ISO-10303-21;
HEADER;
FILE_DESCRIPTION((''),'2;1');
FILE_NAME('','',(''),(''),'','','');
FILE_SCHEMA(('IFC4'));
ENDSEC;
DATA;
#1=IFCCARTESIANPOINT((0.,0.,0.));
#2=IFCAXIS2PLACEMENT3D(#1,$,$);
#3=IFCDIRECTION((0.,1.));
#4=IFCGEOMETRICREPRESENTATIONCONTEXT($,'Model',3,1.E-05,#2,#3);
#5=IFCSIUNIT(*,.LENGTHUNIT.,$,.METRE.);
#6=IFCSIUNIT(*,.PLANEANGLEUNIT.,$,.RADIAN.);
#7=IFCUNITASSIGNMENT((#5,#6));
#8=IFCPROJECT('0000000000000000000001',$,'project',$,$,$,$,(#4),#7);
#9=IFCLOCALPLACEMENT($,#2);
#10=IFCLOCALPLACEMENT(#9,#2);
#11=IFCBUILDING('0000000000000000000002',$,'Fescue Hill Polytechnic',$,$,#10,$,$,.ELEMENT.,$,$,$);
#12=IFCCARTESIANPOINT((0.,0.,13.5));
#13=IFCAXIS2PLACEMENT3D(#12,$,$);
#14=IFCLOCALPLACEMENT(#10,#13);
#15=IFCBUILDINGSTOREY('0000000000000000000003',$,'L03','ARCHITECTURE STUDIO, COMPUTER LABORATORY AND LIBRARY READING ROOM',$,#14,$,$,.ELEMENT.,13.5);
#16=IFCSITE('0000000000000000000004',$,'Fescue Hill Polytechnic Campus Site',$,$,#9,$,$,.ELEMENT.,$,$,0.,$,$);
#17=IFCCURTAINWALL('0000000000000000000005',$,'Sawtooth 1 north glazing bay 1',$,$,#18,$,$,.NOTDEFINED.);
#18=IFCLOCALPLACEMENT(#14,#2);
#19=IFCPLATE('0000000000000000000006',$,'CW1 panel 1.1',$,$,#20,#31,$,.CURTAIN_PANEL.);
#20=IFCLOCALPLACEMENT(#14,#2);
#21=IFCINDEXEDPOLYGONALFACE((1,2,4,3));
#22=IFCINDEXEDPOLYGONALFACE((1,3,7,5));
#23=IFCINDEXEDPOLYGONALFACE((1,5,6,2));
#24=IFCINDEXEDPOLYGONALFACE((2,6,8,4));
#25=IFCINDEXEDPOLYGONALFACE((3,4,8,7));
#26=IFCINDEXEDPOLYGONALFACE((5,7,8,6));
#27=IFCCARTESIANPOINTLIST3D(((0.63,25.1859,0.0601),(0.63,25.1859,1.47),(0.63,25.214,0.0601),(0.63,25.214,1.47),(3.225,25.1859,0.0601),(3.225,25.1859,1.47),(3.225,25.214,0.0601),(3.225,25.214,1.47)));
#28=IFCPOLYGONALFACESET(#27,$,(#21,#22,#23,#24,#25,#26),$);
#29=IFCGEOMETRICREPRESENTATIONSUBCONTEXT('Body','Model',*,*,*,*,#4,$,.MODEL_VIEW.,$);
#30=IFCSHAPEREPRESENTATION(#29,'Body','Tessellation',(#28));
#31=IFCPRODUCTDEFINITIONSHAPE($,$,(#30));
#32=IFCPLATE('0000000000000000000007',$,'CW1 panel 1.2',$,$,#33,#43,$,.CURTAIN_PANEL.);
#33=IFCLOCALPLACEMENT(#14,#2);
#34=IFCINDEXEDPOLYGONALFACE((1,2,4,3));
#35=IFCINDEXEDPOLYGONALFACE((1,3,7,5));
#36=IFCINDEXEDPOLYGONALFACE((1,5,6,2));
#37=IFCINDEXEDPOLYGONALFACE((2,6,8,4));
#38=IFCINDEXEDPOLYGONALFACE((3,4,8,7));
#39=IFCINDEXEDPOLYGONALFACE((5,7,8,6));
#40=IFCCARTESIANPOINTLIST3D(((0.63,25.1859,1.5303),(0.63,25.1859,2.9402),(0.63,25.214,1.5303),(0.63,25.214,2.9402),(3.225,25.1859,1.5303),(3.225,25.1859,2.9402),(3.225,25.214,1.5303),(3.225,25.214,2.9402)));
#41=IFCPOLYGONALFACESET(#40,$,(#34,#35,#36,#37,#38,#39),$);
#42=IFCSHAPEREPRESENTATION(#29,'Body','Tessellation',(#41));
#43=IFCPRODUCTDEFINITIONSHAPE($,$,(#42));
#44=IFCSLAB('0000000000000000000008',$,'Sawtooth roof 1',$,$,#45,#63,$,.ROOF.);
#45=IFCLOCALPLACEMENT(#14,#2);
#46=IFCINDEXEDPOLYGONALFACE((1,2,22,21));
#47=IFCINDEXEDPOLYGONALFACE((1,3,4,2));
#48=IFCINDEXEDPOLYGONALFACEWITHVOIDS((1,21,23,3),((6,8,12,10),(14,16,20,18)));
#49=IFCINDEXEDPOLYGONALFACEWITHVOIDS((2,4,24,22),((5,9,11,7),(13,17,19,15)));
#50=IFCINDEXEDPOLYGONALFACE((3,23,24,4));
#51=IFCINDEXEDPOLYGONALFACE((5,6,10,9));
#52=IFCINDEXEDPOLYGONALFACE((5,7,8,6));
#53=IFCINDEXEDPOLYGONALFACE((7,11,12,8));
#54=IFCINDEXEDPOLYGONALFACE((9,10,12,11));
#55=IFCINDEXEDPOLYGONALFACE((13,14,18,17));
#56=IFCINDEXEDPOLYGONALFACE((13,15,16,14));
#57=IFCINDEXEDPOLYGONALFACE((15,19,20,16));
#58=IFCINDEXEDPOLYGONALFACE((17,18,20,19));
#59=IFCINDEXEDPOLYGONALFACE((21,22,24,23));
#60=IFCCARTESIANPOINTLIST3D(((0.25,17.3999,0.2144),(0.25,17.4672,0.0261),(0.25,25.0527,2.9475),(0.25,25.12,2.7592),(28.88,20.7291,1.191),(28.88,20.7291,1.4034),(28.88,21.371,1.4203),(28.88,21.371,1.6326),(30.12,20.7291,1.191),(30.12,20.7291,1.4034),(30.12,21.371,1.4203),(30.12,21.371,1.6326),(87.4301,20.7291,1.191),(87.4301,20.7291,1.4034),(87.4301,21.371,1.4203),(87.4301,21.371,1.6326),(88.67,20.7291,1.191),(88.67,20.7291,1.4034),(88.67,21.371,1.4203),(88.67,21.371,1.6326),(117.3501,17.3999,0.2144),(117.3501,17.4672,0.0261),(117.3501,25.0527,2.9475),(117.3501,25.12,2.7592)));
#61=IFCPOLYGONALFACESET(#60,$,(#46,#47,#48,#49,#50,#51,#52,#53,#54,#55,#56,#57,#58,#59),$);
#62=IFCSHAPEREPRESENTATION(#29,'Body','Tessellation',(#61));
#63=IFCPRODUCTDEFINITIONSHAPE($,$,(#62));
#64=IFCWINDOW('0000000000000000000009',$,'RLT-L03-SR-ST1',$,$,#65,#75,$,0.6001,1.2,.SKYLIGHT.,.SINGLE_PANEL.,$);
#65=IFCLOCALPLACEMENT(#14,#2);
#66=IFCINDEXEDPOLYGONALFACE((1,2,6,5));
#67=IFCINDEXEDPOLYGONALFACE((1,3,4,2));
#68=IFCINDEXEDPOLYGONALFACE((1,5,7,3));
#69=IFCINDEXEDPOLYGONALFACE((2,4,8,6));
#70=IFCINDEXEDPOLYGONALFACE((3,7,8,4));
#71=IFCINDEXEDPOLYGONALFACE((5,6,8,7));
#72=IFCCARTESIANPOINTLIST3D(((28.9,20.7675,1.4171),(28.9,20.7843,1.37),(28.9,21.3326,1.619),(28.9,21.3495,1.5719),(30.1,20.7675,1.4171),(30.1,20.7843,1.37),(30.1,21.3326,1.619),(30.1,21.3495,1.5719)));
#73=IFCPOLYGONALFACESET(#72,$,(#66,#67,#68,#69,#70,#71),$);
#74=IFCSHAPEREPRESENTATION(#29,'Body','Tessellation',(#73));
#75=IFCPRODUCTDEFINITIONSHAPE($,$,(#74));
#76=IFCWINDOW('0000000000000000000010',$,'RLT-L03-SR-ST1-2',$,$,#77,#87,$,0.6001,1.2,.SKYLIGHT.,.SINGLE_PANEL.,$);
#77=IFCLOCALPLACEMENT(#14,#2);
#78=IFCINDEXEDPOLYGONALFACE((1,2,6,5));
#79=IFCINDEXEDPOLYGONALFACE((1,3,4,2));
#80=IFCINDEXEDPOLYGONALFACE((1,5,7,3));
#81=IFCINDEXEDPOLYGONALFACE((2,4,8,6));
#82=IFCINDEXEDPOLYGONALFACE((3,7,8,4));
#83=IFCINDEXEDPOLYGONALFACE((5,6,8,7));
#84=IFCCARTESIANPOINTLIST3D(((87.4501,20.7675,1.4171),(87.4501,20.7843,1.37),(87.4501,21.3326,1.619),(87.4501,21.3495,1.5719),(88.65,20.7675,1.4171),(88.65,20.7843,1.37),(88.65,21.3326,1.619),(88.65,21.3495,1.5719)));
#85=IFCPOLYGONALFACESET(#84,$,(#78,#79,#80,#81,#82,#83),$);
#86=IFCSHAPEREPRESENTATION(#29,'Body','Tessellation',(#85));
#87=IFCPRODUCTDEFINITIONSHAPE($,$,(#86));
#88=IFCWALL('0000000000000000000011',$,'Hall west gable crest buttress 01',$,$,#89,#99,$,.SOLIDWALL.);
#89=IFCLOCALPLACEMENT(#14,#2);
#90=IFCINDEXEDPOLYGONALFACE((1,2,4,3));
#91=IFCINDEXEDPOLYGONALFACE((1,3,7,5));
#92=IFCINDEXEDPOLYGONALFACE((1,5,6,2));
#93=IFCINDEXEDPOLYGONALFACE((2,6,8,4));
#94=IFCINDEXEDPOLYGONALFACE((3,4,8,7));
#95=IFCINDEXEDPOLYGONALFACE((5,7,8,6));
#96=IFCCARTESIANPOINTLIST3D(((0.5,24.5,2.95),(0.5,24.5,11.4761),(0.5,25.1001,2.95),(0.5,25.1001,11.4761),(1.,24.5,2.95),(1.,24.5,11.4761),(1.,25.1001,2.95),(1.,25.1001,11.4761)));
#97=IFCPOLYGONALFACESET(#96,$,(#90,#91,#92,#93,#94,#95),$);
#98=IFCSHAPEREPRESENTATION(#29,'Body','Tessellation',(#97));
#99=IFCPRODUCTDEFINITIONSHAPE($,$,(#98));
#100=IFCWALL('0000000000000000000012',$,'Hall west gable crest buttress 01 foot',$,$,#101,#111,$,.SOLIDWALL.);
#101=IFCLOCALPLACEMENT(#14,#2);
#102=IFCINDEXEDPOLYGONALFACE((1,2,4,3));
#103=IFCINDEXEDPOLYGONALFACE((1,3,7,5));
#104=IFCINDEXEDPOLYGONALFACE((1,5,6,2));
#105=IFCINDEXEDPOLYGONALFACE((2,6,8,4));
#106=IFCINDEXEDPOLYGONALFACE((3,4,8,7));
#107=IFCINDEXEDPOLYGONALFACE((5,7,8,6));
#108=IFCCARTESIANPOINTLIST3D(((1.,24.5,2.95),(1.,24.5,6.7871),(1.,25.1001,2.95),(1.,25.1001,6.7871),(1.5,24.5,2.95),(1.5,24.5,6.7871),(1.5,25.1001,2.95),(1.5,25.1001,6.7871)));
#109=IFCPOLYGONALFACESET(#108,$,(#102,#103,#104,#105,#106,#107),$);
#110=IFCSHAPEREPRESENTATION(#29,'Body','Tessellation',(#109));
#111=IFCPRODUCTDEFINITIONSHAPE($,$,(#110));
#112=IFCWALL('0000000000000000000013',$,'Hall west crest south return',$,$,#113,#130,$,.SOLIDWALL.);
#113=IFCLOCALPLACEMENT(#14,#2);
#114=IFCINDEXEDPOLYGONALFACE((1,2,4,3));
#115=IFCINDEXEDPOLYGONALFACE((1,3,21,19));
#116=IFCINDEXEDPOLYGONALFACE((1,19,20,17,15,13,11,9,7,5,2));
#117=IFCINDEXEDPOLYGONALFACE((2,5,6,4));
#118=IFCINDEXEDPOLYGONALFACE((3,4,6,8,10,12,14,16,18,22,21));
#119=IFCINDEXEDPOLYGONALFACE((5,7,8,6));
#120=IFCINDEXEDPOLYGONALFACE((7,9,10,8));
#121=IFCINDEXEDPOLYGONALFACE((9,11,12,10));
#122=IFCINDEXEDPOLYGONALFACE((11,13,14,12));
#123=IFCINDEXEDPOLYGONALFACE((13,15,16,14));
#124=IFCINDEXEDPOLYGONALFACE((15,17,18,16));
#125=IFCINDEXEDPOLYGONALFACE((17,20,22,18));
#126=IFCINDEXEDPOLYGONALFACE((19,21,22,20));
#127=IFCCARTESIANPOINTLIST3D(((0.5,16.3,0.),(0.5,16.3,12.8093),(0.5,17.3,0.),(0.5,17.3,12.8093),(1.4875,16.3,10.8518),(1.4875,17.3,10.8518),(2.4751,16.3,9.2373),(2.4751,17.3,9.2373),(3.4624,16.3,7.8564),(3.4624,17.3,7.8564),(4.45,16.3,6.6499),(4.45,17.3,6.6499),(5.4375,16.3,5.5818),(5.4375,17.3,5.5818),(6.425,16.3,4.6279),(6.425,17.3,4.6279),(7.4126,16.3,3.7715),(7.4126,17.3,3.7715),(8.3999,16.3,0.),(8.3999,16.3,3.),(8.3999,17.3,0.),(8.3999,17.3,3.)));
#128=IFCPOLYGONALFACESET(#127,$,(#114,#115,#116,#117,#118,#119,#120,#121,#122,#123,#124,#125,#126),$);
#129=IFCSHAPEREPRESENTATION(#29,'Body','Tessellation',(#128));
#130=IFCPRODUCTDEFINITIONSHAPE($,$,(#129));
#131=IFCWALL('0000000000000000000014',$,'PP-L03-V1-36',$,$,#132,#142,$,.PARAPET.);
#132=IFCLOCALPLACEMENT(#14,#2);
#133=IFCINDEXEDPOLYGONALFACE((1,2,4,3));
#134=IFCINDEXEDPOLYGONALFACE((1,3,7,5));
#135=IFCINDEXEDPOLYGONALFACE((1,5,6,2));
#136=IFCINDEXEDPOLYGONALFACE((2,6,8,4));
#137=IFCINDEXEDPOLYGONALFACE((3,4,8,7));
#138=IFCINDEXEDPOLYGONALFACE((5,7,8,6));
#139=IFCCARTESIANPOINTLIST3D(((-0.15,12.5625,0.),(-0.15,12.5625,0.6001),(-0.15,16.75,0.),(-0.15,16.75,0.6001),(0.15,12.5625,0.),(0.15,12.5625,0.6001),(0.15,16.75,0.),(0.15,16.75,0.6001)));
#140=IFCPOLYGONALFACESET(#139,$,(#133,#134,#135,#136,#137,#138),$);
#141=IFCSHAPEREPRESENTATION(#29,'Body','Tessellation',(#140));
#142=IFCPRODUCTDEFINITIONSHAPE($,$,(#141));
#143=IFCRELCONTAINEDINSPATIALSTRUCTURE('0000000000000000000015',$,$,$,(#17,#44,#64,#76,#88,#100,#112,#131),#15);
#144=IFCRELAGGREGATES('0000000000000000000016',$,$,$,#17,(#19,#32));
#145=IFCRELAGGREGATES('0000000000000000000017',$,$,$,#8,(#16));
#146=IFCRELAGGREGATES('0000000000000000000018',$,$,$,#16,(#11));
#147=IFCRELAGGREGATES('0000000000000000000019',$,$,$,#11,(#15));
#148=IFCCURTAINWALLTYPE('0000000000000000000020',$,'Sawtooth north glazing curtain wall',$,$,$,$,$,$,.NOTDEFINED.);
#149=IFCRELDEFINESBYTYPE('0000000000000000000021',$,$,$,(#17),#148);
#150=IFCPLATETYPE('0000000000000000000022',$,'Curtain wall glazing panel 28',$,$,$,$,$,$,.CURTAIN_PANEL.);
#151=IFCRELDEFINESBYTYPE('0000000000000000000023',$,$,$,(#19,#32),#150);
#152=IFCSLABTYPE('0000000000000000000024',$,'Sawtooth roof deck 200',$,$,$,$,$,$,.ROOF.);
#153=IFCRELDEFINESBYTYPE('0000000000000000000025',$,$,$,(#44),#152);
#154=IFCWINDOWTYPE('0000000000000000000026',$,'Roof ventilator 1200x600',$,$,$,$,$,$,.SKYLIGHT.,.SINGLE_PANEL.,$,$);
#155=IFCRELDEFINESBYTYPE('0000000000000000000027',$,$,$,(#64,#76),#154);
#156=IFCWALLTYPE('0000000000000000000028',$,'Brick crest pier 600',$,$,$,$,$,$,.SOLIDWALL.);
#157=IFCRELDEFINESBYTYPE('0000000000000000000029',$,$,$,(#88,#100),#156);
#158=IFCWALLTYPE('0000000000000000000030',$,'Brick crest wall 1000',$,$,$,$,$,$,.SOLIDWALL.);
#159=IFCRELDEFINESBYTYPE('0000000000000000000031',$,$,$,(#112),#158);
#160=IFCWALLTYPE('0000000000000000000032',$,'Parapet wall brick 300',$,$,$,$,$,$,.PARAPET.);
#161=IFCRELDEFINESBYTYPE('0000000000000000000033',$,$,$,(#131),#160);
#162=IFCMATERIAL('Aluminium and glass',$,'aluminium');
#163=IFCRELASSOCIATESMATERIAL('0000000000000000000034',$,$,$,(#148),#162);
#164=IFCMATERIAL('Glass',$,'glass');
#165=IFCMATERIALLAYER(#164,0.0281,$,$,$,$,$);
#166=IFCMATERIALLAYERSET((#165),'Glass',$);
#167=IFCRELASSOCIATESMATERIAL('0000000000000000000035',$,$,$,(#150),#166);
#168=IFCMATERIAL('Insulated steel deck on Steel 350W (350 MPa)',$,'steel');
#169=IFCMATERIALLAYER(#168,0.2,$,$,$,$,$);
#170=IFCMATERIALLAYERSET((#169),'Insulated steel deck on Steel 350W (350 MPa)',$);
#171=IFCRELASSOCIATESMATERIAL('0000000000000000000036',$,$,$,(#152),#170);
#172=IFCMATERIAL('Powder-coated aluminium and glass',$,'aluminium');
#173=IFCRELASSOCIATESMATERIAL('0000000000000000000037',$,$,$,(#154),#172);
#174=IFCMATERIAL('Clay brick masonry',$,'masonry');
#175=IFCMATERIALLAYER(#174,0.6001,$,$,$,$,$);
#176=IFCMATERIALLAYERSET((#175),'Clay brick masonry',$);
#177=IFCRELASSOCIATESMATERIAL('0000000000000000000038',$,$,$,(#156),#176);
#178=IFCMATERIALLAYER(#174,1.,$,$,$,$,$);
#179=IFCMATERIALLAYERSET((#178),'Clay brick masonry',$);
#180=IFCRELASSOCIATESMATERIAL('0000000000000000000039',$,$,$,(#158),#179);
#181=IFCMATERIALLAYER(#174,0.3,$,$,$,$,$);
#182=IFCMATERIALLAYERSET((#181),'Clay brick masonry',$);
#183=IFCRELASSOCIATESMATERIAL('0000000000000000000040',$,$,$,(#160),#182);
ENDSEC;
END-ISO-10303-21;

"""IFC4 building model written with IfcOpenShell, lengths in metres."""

from ifc_helpers import new_model, si_unit, direction, frame, frame_2d, origin, origin_2d, place, context, subcontext, project, spatial, polyline, rectangle, outline, extrude, material, layer, layer_set, type_object, element, fill, aggregate, save


model = new_model("IFC4")

# Units and contexts
model_context = context("Model", 3, precision=1e-05, world=origin(), true_north=direction((0.0, 1.0)))
body_context = subcontext(model_context, "Body", "Model", "MODEL_VIEW")
ifc_project = project(units=[si_unit("LENGTHUNIT", "METRE"), si_unit("PLANEANGLEUNIT", "RADIAN")], contexts=[model_context])

# Site, building, storey
site_placement = place(None, origin())
site = spatial("IfcSite", under=ifc_project, at=site_placement, Name="Fescue Hill Polytechnic Campus Site", CompositionType="ELEMENT", RefElevation=0.0)
building_placement = place(site_placement, origin())
building = spatial("IfcBuilding", under=site, at=building_placement, Name="Fescue Hill Polytechnic", CompositionType="ELEMENT")
storey_placement = place(building_placement, frame((0.0, 0.0, 13.5)))
storey = spatial("IfcBuildingStorey", under=building, at=storey_placement, Name="L03", Description="ARCHITECTURE STUDIO, COMPUTER LABORATORY AND LIBRARY READING ROOM", CompositionType="ELEMENT", Elevation=13.5)

# Curtain wall
ifc_material_1 = material(Name="Aluminium and glass", Category="aluminium")
curtain_wall_type = type_object("IfcCurtainWallType", Name="Sawtooth north glazing curtain wall", PredefinedType="NOTDEFINED", material=ifc_material_1)
curtain_wall_placement = place(storey_placement, origin())
curtain_wall = element("IfcCurtainWall", 1, at=curtain_wall_placement, inside=storey, type_object=curtain_wall_type, Name="Sawtooth 1 north glazing bay 1", PredefinedType="NOTDEFINED")

# Plates
ifc_material_2 = material(Name="Glass", Category="glass")
ifc_layer_1 = layer(ifc_material_2, 0.0281)
ifc_layer_set_1 = layer_set([ifc_layer_1], Name="Glass")
plate_type = type_object("IfcPlateType", Name="Curtain wall glazing panel 28", PredefinedType="CURTAIN_PANEL", material=ifc_layer_set_1)
plate_1_placement = place(storey_placement, frame((1.9275, 25.2, 0.0601), z_axis=(0.0, 0.0, 1.0), x_axis=(1.0, 0.0, 0.0)))
plate_1 = element("IfcPlate", 2, at=plate_1_placement, type_object=plate_type, Name="CW1 panel 1.1", PredefinedType="CURTAIN_PANEL", context=body_context, shape_type="SweptSolid", body=[
    extrude(rectangle(XDim=2.595, YDim=0.0281, at=origin_2d()), origin(), (0.0, 0.0, 1.0), 1.4099),
])
plate_2_placement = place(storey_placement, frame((1.9275, 25.2, 1.5303), z_axis=(0.0, 0.0, 1.0), x_axis=(1.0, 0.0, 0.0)))
plate_2 = element("IfcPlate", 3, at=plate_2_placement, type_object=plate_type, Name="CW1 panel 1.2", PredefinedType="CURTAIN_PANEL", context=body_context, shape_type="SweptSolid", body=[
    extrude(rectangle(XDim=2.595, YDim=0.0281, at=origin_2d()), origin(), (0.0, 0.0, 1.0), 1.4099),
])
aggregate(curtain_wall, [plate_1, plate_2])

# Slab, openings, windows
ifc_material_3 = material(Name="Insulated steel deck on Steel 350W (350 MPa)", Category="steel")
ifc_layer_2 = layer(ifc_material_3, 0.2)
ifc_layer_set_2 = layer_set([ifc_layer_2], Name="Insulated steel deck on Steel 350W (350 MPa)")
slab_type = type_object("IfcSlabType", Name="Sawtooth roof deck 200", PredefinedType="ROOF", material=ifc_layer_set_2)
slab_placement = place(storey_placement, frame((0.25, 17.3999, 0.2144), z_axis=(0.0, -0.336336, 0.941742), x_axis=(1.0, 0.0, 0.0)))
slab = element("IfcSlab", 4, at=slab_placement, inside=storey, type_object=slab_type, Name="Sawtooth roof 1", PredefinedType="ROOF", context=body_context, shape_type="SweptSolid", body=[
    extrude(outline(polyline([(0.0, 0.0), (117.1001, 0.0), (117.1001, 8.1263), (0.0, 8.1263), (0.0, 0.0)])), origin(), (0.0, 0.0, -1.0), 0.2),
])
opening_1_placement = place(storey_placement, frame((29.5, 21.05, 0.9912)))
opening_1 = element("IfcOpeningElement", 5, at=opening_1_placement, cuts=slab, PredefinedType="OPENING", context=body_context, shape_type="SweptSolid", body=[
    extrude(rectangle(XDim=1.24, YDim=0.6418, at=origin_2d()), origin(), (0.0, 0.0, 1.0), 0.8408),
])
opening_2_placement = place(storey_placement, frame((88.05, 21.05, 0.9912)))
opening_2 = element("IfcOpeningElement", 6, at=opening_2_placement, cuts=slab, PredefinedType="OPENING", context=body_context, shape_type="SweptSolid", body=[
    extrude(rectangle(XDim=1.24, YDim=0.6418, at=origin_2d()), origin(), (0.0, 0.0, 1.0), 0.8408),
])
ifc_material_4 = material(Name="Powder-coated aluminium and glass", Category="aluminium")
window_type = type_object("IfcWindowType", Name="Roof ventilator 1200x600", PartitioningType="SINGLE_PANEL", PredefinedType="SKYLIGHT", material=ifc_material_4)
window_1_placement = place(storey_placement, frame((29.5, 21.05, 1.5181), z_axis=(0.0, -0.336336, 0.941742), x_axis=(1.0, 0.0, 0.0)))
window_1 = element("IfcWindow", 7, at=window_1_placement, inside=storey, type_object=window_type, Name="RLT-L03-SR-ST1", OverallHeight=0.6001, OverallWidth=1.2, PartitioningType="SINGLE_PANEL", PredefinedType="SKYLIGHT", context=body_context, shape_type="SweptSolid", body=[
    extrude(rectangle(XDim=1.2, YDim=0.6001, at=origin_2d()), origin(), (0.0, 0.0, -1.0), 0.05),
])
fill(opening_1, window_1)
window_2_placement = place(storey_placement, frame((88.05, 21.05, 1.5181), z_axis=(0.0, -0.336336, 0.941742), x_axis=(1.0, 0.0, 0.0)))
window_2 = element("IfcWindow", 8, at=window_2_placement, inside=storey, type_object=window_type, Name="RLT-L03-SR-ST1-2", OverallHeight=0.6001, OverallWidth=1.2, PartitioningType="SINGLE_PANEL", PredefinedType="SKYLIGHT", context=body_context, shape_type="SweptSolid", body=[
    extrude(rectangle(XDim=1.2, YDim=0.6001, at=origin_2d()), origin(), (0.0, 0.0, -1.0), 0.05),
])
fill(opening_2, window_2)

# Walls
ifc_material_5 = material(Name="Clay brick masonry", Category="masonry")
ifc_layer_3 = layer(ifc_material_5, 0.6001)
ifc_layer_set_3 = layer_set([ifc_layer_3], Name="Clay brick masonry")
wall_type_1 = type_object("IfcWallType", Name="Brick crest pier 600", PredefinedType="SOLIDWALL", material=ifc_layer_set_3)
wall_1_placement = place(storey_placement, frame((0.5, 24.8, 2.95), z_axis=(0.0, 0.0, 1.0), x_axis=(1.0, 0.0, 0.0)))
element("IfcWall", 9, at=wall_1_placement, inside=storey, type_object=wall_type_1, Name="Hall west gable crest buttress 01", PredefinedType="SOLIDWALL", context=body_context, shape_type="SweptSolid", body=[
    extrude(rectangle(XDim=0.5, YDim=0.6001, at=frame_2d((0.25, 0.0))), origin(), (0.0, 0.0, 1.0), 8.5261),
])
wall_2_placement = place(storey_placement, frame((1.0, 24.8, 2.95), z_axis=(0.0, 0.0, 1.0), x_axis=(1.0, 0.0, 0.0)))
element("IfcWall", 10, at=wall_2_placement, inside=storey, type_object=wall_type_1, Name="Hall west gable crest buttress 01 foot", PredefinedType="SOLIDWALL", context=body_context, shape_type="SweptSolid", body=[
    extrude(rectangle(XDim=0.5, YDim=0.6001, at=frame_2d((0.25, 0.0))), origin(), (0.0, 0.0, 1.0), 3.8372),
])
ifc_layer_4 = layer(ifc_material_5, 1.0)
ifc_layer_set_4 = layer_set([ifc_layer_4], Name="Clay brick masonry")
wall_type_2 = type_object("IfcWallType", Name="Brick crest wall 1000", PredefinedType="SOLIDWALL", material=ifc_layer_set_4)
wall_3_placement = place(storey_placement, frame((0.5, 16.8, 0.0), z_axis=(0.0, 0.0, 1.0), x_axis=(1.0, 0.0, 0.0)))
element("IfcWall", 11, at=wall_3_placement, inside=storey, type_object=wall_type_2, Name="Hall west crest south return", PredefinedType="SOLIDWALL", context=body_context, shape_type="SweptSolid", body=[
    extrude(outline(polyline([(0.0, 0.0), (7.8999, 0.0), (7.8999, 3.0), (6.9126, 3.7715), (5.925, 4.6279), (4.9375, 5.5818), (3.95, 6.6499), (2.9624, 7.8564), (1.9751, 9.2373), (0.9875, 10.8518), (0.0, 12.8093), (0.0, 0.0)])), frame((0.0, 0.5, 0.0), z_axis=(0.0, -1.0, 0.0), x_axis=(1.0, 0.0, 0.0)), (0.0, 0.0, 1.0), 1.0),
])
ifc_layer_5 = layer(ifc_material_5, 0.3)
ifc_layer_set_5 = layer_set([ifc_layer_5], Name="Clay brick masonry")
wall_type_3 = type_object("IfcWallType", Name="Parapet wall brick 300", PredefinedType="PARAPET", material=ifc_layer_set_5)
wall_4_placement = place(storey_placement, frame((0.0, 12.5625, 0.0), z_axis=(0.0, 0.0, 1.0), x_axis=(0.0, 1.0, 0.0)))
element("IfcWall", 12, at=wall_4_placement, inside=storey, type_object=wall_type_3, Name="PP-L03-V1-36", PredefinedType="PARAPET", context=body_context, shape_type="SweptSolid", body=[
    extrude(rectangle(XDim=4.1875, YDim=0.3, at=frame_2d((2.0938, 0.0))), origin(), (0.0, 0.0, 1.0), 0.6001),
])

save(model, "model.ifc")
